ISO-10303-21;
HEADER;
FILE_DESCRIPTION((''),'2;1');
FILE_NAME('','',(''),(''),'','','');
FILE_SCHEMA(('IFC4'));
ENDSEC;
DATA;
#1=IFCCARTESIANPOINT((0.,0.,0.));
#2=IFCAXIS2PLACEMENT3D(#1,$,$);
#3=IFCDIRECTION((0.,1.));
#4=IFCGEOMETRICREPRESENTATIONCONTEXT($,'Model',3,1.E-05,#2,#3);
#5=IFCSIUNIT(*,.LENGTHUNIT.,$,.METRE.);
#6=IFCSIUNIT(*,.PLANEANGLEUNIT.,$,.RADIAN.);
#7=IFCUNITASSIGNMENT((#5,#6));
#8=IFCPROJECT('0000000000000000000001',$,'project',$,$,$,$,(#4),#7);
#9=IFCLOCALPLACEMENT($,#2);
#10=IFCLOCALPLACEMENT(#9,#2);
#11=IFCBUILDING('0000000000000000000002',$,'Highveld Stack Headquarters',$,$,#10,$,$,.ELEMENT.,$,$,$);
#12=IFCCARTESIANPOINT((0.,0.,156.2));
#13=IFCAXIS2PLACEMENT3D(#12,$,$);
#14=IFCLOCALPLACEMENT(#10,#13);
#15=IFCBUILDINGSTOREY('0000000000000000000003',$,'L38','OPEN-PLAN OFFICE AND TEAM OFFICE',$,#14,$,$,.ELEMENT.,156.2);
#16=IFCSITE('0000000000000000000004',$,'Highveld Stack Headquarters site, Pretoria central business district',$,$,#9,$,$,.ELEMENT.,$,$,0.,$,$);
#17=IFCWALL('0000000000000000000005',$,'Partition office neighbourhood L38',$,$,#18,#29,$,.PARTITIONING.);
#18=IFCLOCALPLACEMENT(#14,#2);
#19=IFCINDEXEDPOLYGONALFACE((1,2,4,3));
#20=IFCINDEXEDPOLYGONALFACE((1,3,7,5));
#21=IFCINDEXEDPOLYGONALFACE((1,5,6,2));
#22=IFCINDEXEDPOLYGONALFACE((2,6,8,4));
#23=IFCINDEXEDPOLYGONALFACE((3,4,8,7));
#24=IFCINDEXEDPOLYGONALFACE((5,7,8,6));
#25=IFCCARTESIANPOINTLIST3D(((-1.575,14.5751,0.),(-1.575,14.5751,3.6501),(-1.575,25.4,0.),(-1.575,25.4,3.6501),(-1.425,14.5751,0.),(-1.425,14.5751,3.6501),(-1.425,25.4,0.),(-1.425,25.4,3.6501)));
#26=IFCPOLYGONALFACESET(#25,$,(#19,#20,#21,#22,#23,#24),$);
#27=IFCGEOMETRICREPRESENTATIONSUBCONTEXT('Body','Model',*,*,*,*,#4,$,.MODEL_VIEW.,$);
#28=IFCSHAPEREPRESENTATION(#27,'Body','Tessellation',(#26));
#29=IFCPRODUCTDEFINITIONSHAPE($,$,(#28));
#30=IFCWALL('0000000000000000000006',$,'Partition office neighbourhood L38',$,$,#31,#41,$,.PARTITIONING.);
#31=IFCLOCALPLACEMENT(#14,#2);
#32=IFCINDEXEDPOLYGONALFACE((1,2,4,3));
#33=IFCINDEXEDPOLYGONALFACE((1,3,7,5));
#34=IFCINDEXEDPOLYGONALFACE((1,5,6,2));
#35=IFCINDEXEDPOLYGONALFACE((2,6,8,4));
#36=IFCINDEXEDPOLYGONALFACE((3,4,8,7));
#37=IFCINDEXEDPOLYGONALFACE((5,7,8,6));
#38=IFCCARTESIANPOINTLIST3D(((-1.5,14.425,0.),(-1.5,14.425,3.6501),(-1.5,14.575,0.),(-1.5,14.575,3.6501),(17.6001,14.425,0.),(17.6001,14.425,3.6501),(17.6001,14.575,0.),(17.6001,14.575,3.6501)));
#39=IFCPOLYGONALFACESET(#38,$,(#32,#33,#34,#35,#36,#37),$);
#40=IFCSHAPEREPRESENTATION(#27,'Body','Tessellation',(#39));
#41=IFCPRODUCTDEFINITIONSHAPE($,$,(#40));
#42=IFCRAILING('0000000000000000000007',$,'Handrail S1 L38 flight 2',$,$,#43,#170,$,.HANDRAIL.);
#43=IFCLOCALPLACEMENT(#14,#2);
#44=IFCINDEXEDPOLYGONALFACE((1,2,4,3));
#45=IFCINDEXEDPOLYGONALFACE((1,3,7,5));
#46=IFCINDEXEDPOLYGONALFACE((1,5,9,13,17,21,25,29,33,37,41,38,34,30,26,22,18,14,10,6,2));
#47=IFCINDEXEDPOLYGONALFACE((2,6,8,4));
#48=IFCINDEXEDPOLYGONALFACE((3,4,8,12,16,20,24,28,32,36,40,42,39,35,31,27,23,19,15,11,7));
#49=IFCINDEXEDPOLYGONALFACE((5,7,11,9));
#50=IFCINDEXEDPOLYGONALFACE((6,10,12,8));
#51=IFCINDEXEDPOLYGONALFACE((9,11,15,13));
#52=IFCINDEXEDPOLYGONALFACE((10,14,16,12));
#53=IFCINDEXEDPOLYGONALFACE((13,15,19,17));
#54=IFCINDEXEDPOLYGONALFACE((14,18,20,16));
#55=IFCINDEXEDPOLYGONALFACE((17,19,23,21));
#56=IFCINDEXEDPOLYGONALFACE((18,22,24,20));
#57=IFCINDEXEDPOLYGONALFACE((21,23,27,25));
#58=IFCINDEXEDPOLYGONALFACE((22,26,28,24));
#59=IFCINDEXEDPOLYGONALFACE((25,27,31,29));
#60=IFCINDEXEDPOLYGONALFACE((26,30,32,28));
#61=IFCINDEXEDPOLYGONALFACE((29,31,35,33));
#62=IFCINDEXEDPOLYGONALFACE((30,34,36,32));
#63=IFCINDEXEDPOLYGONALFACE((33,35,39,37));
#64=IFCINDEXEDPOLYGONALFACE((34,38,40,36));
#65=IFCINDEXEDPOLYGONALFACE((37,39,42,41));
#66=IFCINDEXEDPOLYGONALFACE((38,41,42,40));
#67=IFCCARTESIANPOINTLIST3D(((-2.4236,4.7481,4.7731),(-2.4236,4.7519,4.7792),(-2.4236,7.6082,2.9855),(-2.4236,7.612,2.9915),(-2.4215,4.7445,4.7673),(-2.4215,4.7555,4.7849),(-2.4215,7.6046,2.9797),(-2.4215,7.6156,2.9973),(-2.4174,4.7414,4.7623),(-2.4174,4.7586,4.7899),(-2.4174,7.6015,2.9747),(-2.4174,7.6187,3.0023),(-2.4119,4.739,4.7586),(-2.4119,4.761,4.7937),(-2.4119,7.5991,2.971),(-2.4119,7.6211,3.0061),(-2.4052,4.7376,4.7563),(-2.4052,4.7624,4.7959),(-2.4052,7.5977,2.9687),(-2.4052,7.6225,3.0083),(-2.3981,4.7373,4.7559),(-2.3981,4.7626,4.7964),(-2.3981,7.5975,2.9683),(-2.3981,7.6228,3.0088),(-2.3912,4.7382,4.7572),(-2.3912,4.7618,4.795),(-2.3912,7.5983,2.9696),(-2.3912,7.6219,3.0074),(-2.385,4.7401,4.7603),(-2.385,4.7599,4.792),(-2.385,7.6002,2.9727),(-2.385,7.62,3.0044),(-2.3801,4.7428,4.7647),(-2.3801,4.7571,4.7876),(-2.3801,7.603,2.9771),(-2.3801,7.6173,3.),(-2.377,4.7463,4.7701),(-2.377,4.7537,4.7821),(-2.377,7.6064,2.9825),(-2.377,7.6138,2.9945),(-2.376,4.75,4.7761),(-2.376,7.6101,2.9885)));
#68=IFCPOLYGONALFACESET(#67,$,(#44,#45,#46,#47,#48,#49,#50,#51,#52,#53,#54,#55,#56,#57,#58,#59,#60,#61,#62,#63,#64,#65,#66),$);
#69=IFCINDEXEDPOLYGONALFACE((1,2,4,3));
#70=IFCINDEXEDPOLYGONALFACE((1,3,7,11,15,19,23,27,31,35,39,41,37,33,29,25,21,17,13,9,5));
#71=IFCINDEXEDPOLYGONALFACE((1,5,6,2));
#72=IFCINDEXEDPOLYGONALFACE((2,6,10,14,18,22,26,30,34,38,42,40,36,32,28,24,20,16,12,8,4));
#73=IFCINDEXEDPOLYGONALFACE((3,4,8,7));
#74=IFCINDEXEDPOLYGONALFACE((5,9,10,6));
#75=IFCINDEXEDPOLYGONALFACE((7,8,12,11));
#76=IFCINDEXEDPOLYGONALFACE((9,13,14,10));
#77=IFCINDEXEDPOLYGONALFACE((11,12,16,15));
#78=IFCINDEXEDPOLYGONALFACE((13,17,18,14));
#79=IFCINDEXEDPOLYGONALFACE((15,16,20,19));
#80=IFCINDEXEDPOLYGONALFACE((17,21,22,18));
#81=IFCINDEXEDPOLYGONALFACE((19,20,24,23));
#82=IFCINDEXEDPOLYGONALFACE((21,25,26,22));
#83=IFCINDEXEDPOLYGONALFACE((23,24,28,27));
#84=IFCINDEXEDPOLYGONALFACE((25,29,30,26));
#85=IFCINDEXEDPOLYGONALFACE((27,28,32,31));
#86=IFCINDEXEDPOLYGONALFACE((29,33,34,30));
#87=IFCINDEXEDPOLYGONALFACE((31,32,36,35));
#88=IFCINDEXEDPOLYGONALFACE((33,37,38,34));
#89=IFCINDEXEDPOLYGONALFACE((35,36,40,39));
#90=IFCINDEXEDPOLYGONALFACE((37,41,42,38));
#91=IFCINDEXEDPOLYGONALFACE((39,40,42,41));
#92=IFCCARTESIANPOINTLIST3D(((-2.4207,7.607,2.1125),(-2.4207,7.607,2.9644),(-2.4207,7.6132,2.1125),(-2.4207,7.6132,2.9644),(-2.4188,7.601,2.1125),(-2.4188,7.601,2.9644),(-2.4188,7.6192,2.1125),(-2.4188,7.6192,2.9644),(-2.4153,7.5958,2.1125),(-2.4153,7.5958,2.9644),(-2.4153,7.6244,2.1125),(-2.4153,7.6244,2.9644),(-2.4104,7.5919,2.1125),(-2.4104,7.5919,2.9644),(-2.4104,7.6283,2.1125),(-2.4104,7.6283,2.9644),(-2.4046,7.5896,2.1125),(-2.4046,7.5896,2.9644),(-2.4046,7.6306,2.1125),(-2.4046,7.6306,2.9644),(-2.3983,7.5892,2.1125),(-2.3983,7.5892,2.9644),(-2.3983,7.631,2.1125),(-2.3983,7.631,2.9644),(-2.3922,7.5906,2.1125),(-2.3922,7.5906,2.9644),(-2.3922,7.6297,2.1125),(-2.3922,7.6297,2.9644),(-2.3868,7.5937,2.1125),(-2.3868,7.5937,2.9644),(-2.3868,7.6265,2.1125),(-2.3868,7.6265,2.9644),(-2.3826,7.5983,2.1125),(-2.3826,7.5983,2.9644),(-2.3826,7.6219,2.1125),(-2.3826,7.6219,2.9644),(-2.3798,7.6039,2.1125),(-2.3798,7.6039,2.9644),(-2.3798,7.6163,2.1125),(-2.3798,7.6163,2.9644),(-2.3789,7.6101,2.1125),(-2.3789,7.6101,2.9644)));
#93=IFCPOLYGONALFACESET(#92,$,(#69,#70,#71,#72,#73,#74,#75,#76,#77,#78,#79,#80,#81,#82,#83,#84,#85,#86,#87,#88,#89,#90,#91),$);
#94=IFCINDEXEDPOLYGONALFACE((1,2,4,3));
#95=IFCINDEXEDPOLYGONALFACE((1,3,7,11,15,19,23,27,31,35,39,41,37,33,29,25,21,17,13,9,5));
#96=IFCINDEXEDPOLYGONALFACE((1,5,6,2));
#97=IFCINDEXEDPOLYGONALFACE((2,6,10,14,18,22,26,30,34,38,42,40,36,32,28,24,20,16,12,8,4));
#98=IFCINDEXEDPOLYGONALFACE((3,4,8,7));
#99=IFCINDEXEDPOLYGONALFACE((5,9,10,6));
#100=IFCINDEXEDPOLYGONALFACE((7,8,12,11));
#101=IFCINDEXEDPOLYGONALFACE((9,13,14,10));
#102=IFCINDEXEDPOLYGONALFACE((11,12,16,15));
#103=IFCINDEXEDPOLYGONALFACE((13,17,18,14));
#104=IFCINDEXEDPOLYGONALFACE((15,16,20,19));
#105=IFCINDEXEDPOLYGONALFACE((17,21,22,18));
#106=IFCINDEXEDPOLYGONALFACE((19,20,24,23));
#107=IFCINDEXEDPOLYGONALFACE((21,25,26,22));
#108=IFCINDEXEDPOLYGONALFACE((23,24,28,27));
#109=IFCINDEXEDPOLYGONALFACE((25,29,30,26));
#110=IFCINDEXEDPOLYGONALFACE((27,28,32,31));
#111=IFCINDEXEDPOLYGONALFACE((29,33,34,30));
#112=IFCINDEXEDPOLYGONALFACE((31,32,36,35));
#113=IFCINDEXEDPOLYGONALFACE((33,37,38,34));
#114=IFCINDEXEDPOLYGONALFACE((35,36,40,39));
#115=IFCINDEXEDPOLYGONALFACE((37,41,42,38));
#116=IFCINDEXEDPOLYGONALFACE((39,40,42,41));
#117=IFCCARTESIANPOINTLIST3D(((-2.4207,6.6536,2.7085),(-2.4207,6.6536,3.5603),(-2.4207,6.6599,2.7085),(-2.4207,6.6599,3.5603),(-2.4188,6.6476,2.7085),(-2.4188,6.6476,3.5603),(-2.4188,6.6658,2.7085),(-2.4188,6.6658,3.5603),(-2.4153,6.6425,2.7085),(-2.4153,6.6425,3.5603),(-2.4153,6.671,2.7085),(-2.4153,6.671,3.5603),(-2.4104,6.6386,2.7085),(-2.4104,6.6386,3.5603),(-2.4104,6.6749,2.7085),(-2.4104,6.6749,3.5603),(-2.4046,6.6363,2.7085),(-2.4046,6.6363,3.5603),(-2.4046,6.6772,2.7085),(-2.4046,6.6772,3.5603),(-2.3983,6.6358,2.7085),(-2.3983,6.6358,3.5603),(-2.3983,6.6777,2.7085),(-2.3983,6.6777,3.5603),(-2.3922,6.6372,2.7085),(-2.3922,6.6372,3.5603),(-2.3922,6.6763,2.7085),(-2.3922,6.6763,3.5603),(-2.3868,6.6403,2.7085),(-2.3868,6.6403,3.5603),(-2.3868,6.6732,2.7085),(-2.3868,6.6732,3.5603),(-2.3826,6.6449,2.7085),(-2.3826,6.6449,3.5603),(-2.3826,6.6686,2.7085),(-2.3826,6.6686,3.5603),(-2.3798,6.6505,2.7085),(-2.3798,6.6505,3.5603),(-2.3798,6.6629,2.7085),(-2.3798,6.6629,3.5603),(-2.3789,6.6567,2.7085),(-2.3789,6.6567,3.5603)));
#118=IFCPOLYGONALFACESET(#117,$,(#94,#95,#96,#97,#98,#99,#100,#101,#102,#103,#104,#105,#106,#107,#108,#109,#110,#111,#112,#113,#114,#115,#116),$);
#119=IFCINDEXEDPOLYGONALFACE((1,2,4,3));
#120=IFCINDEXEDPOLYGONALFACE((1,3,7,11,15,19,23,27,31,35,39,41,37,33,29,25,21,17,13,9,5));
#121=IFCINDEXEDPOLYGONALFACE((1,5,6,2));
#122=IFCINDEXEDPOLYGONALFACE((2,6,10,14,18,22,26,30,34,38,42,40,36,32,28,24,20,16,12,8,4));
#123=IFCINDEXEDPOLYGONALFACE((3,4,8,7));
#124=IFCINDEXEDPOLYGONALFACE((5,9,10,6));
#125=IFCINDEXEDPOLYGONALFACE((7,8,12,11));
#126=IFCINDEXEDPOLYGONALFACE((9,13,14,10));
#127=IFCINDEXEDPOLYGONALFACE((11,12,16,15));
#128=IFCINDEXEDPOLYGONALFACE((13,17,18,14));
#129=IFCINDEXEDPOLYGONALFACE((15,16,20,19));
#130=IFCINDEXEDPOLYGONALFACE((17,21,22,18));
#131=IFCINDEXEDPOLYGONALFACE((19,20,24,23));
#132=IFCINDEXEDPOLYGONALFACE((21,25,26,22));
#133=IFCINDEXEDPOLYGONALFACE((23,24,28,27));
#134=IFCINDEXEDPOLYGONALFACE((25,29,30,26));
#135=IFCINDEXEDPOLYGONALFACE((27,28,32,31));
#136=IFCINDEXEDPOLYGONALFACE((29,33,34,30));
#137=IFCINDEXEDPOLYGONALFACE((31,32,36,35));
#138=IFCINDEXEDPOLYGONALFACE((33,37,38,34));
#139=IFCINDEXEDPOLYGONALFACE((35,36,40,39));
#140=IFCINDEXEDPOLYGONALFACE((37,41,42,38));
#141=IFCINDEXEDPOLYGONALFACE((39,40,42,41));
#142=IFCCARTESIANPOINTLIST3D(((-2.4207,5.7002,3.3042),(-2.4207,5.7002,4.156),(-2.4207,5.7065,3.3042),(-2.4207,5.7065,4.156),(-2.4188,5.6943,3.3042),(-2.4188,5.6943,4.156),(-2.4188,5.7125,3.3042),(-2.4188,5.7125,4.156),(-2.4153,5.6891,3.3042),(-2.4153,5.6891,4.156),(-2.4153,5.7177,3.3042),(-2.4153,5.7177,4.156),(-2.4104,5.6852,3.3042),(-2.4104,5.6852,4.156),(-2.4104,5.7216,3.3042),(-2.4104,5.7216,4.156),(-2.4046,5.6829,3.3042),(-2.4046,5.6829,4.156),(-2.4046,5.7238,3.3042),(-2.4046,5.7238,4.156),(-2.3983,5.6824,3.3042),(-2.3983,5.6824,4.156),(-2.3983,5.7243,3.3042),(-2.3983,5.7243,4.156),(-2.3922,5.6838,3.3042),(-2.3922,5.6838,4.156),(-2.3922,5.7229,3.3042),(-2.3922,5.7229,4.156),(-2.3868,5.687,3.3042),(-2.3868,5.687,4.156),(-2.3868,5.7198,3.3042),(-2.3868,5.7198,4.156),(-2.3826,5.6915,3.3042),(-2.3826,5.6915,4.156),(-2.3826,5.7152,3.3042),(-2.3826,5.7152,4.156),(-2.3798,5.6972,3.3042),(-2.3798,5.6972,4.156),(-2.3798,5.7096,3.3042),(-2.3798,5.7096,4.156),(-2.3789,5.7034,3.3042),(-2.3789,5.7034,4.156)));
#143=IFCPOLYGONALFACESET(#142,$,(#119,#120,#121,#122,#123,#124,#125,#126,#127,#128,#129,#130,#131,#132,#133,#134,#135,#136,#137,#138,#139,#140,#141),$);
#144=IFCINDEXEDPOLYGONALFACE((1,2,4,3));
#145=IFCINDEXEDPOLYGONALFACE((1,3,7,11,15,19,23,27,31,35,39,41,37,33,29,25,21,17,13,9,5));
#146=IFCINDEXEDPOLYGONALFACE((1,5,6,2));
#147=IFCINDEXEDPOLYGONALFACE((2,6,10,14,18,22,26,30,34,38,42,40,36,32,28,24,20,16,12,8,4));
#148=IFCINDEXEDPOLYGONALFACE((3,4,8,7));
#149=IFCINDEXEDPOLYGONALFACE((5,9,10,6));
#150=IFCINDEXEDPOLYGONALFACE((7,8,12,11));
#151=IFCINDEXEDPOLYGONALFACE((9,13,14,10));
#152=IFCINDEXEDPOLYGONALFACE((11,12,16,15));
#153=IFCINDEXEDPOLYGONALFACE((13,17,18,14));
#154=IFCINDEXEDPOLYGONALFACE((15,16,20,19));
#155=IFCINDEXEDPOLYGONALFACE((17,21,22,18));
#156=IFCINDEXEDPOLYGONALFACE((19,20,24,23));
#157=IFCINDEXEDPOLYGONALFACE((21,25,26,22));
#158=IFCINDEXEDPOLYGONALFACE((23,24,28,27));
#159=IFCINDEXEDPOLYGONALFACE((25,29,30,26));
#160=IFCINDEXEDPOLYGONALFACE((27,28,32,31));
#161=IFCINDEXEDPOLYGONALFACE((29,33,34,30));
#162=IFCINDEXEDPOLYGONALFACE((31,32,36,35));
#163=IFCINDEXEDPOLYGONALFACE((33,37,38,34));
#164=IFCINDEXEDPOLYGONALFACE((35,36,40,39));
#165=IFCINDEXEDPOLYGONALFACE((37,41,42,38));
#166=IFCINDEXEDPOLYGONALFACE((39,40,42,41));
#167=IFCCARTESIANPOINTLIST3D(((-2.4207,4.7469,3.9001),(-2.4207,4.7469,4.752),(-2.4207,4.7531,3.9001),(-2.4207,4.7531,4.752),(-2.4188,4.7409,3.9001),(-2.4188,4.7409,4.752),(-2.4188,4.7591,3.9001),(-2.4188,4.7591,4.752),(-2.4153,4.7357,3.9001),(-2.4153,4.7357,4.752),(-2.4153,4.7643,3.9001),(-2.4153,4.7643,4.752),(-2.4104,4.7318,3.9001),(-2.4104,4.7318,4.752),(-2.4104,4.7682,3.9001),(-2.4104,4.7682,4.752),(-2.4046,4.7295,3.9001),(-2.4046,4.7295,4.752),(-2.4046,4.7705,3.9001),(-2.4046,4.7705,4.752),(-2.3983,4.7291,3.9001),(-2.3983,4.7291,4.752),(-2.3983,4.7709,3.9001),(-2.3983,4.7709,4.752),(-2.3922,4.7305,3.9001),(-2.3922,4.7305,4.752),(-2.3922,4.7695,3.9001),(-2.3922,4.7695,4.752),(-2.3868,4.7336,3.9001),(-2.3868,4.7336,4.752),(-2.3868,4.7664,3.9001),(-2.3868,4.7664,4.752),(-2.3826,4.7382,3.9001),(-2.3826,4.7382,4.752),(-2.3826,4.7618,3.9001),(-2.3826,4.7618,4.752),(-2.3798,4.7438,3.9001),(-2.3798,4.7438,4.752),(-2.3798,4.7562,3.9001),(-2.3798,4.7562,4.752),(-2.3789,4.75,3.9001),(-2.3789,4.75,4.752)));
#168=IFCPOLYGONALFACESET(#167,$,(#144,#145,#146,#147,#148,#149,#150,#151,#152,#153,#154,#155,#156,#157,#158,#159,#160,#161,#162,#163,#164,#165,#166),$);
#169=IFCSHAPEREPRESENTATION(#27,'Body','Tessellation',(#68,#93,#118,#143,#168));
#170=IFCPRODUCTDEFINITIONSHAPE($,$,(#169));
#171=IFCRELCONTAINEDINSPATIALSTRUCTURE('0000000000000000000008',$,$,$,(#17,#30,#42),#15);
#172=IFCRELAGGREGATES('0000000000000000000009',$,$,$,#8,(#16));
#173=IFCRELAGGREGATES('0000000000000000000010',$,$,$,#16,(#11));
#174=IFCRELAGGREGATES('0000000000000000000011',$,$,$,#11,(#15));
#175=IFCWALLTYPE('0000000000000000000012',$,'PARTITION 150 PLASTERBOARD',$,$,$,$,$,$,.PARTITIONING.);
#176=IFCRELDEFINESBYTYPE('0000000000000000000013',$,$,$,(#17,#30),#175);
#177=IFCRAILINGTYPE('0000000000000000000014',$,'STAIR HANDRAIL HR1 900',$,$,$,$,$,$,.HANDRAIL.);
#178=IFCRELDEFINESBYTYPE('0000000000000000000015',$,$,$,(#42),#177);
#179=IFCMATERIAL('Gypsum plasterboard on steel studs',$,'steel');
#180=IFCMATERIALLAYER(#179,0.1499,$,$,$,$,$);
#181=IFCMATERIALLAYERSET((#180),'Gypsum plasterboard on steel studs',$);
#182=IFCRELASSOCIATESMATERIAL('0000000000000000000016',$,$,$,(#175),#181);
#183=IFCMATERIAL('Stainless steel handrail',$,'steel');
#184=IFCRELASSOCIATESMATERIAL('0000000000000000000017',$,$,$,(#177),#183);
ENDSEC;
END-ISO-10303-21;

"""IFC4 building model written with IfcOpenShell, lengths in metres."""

from ifc_helpers import new_model, si_unit, direction, frame, frame_2d, origin, origin_2d, place, context, subcontext, project, spatial, rectangle, circle, extrude, material, layer, layer_set, type_object, element, save


model = new_model("IFC4")

# Units and contexts
model_context = context("Model", 3, precision=1e-05, world=origin(), true_north=direction((0.0, 1.0)))
body_context = subcontext(model_context, "Body", "Model", "MODEL_VIEW")
ifc_project = project(units=[si_unit("LENGTHUNIT", "METRE"), si_unit("PLANEANGLEUNIT", "RADIAN")], contexts=[model_context])

# Site, building, storey
site_placement = place(None, origin())
site = spatial("IfcSite", under=ifc_project, at=site_placement, Name="Highveld Stack Headquarters site, Pretoria central business district", CompositionType="ELEMENT", RefElevation=0.0)
building_placement = place(site_placement, origin())
building = spatial("IfcBuilding", under=site, at=building_placement, Name="Highveld Stack Headquarters", CompositionType="ELEMENT")
storey_placement = place(building_placement, frame((0.0, 0.0, 156.2)))
storey = spatial("IfcBuildingStorey", under=building, at=storey_placement, Name="L38", Description="OPEN-PLAN OFFICE AND TEAM OFFICE", CompositionType="ELEMENT", Elevation=156.2)

# Shared definitions
ifc_material_1 = material(Name="Gypsum plasterboard on steel studs", Category="steel")
ifc_layer_1 = layer(ifc_material_1, 0.1499)
ifc_layer_set_1 = layer_set([ifc_layer_1], Name="Gypsum plasterboard on steel studs")
wall_type_1 = type_object("IfcWallType", Name="PARTITION 150 PLASTERBOARD", PredefinedType="PARTITIONING", material=ifc_layer_set_1)

# Walls
wall_1_placement = place(storey_placement, frame((-1.5, 14.575, 0.0), z_axis=(0.0, 0.0, 1.0), x_axis=(0.0, 1.0, 0.0)))
element("IfcWall", 1, at=wall_1_placement, inside=storey, type_object=wall_type_1, Name="Partition office neighbourhood L38", PredefinedType="PARTITIONING", context=body_context, shape_type="SweptSolid", body=[
    extrude(rectangle(XDim=10.825, YDim=0.1499, at=frame_2d((5.4126, 0.0))), origin(), (0.0, 0.0, 1.0), 3.6501),
])
wall_2_placement = place(storey_placement, frame((-1.5, 14.5, 0.0), z_axis=(0.0, 0.0, 1.0), x_axis=(1.0, 0.0, 0.0)))
element("IfcWall", 2, at=wall_2_placement, inside=storey, type_object=wall_type_1, Name="Partition office neighbourhood L38", PredefinedType="PARTITIONING", context=body_context, shape_type="SweptSolid", body=[
    extrude(rectangle(XDim=19.1001, YDim=0.1499, at=frame_2d((9.55, 0.0))), origin(), (0.0, 0.0, 1.0), 3.6501),
])

# Railing
ifc_material_2 = material(Name="Stainless steel handrail", Category="steel")
railing_type = type_object("IfcRailingType", Name="STAIR HANDRAIL HR1 900", PredefinedType="HANDRAIL", material=ifc_material_2)
railing_placement = place(storey_placement, frame((-2.3999, 7.6101, 2.1125)))
element("IfcRailing", 3, at=railing_placement, inside=storey, type_object=railing_type, Name="Handrail S1 L38 flight 2", PredefinedType="HANDRAIL", context=body_context, shape_type="SweptSolid", body=[
    extrude(circle(Radius=0.0239, at=origin_2d()), frame((0.0, 0.0, 0.876), z_axis=(0.0, -0.847994, 0.530005), x_axis=(1.0, 0.0, 0.0)), (0.0, 0.0, 1.0), 3.3728),
    extrude(circle(Radius=0.021, at=origin_2d()), origin(), (0.0, 0.0, 1.0), 0.8518),
    extrude(circle(Radius=0.021, at=origin_2d()), frame((0.0, -0.9534, 0.5959)), (0.0, 0.0, 1.0), 0.8518),
    extrude(circle(Radius=0.021, at=origin_2d()), frame((0.0, -1.9067, 1.1917)), (0.0, 0.0, 1.0), 0.8518),
    extrude(circle(Radius=0.021, at=origin_2d()), frame((0.0, -2.8601, 1.7876)), (0.0, 0.0, 1.0), 0.8518),
])

save(model, "model.ifc")
